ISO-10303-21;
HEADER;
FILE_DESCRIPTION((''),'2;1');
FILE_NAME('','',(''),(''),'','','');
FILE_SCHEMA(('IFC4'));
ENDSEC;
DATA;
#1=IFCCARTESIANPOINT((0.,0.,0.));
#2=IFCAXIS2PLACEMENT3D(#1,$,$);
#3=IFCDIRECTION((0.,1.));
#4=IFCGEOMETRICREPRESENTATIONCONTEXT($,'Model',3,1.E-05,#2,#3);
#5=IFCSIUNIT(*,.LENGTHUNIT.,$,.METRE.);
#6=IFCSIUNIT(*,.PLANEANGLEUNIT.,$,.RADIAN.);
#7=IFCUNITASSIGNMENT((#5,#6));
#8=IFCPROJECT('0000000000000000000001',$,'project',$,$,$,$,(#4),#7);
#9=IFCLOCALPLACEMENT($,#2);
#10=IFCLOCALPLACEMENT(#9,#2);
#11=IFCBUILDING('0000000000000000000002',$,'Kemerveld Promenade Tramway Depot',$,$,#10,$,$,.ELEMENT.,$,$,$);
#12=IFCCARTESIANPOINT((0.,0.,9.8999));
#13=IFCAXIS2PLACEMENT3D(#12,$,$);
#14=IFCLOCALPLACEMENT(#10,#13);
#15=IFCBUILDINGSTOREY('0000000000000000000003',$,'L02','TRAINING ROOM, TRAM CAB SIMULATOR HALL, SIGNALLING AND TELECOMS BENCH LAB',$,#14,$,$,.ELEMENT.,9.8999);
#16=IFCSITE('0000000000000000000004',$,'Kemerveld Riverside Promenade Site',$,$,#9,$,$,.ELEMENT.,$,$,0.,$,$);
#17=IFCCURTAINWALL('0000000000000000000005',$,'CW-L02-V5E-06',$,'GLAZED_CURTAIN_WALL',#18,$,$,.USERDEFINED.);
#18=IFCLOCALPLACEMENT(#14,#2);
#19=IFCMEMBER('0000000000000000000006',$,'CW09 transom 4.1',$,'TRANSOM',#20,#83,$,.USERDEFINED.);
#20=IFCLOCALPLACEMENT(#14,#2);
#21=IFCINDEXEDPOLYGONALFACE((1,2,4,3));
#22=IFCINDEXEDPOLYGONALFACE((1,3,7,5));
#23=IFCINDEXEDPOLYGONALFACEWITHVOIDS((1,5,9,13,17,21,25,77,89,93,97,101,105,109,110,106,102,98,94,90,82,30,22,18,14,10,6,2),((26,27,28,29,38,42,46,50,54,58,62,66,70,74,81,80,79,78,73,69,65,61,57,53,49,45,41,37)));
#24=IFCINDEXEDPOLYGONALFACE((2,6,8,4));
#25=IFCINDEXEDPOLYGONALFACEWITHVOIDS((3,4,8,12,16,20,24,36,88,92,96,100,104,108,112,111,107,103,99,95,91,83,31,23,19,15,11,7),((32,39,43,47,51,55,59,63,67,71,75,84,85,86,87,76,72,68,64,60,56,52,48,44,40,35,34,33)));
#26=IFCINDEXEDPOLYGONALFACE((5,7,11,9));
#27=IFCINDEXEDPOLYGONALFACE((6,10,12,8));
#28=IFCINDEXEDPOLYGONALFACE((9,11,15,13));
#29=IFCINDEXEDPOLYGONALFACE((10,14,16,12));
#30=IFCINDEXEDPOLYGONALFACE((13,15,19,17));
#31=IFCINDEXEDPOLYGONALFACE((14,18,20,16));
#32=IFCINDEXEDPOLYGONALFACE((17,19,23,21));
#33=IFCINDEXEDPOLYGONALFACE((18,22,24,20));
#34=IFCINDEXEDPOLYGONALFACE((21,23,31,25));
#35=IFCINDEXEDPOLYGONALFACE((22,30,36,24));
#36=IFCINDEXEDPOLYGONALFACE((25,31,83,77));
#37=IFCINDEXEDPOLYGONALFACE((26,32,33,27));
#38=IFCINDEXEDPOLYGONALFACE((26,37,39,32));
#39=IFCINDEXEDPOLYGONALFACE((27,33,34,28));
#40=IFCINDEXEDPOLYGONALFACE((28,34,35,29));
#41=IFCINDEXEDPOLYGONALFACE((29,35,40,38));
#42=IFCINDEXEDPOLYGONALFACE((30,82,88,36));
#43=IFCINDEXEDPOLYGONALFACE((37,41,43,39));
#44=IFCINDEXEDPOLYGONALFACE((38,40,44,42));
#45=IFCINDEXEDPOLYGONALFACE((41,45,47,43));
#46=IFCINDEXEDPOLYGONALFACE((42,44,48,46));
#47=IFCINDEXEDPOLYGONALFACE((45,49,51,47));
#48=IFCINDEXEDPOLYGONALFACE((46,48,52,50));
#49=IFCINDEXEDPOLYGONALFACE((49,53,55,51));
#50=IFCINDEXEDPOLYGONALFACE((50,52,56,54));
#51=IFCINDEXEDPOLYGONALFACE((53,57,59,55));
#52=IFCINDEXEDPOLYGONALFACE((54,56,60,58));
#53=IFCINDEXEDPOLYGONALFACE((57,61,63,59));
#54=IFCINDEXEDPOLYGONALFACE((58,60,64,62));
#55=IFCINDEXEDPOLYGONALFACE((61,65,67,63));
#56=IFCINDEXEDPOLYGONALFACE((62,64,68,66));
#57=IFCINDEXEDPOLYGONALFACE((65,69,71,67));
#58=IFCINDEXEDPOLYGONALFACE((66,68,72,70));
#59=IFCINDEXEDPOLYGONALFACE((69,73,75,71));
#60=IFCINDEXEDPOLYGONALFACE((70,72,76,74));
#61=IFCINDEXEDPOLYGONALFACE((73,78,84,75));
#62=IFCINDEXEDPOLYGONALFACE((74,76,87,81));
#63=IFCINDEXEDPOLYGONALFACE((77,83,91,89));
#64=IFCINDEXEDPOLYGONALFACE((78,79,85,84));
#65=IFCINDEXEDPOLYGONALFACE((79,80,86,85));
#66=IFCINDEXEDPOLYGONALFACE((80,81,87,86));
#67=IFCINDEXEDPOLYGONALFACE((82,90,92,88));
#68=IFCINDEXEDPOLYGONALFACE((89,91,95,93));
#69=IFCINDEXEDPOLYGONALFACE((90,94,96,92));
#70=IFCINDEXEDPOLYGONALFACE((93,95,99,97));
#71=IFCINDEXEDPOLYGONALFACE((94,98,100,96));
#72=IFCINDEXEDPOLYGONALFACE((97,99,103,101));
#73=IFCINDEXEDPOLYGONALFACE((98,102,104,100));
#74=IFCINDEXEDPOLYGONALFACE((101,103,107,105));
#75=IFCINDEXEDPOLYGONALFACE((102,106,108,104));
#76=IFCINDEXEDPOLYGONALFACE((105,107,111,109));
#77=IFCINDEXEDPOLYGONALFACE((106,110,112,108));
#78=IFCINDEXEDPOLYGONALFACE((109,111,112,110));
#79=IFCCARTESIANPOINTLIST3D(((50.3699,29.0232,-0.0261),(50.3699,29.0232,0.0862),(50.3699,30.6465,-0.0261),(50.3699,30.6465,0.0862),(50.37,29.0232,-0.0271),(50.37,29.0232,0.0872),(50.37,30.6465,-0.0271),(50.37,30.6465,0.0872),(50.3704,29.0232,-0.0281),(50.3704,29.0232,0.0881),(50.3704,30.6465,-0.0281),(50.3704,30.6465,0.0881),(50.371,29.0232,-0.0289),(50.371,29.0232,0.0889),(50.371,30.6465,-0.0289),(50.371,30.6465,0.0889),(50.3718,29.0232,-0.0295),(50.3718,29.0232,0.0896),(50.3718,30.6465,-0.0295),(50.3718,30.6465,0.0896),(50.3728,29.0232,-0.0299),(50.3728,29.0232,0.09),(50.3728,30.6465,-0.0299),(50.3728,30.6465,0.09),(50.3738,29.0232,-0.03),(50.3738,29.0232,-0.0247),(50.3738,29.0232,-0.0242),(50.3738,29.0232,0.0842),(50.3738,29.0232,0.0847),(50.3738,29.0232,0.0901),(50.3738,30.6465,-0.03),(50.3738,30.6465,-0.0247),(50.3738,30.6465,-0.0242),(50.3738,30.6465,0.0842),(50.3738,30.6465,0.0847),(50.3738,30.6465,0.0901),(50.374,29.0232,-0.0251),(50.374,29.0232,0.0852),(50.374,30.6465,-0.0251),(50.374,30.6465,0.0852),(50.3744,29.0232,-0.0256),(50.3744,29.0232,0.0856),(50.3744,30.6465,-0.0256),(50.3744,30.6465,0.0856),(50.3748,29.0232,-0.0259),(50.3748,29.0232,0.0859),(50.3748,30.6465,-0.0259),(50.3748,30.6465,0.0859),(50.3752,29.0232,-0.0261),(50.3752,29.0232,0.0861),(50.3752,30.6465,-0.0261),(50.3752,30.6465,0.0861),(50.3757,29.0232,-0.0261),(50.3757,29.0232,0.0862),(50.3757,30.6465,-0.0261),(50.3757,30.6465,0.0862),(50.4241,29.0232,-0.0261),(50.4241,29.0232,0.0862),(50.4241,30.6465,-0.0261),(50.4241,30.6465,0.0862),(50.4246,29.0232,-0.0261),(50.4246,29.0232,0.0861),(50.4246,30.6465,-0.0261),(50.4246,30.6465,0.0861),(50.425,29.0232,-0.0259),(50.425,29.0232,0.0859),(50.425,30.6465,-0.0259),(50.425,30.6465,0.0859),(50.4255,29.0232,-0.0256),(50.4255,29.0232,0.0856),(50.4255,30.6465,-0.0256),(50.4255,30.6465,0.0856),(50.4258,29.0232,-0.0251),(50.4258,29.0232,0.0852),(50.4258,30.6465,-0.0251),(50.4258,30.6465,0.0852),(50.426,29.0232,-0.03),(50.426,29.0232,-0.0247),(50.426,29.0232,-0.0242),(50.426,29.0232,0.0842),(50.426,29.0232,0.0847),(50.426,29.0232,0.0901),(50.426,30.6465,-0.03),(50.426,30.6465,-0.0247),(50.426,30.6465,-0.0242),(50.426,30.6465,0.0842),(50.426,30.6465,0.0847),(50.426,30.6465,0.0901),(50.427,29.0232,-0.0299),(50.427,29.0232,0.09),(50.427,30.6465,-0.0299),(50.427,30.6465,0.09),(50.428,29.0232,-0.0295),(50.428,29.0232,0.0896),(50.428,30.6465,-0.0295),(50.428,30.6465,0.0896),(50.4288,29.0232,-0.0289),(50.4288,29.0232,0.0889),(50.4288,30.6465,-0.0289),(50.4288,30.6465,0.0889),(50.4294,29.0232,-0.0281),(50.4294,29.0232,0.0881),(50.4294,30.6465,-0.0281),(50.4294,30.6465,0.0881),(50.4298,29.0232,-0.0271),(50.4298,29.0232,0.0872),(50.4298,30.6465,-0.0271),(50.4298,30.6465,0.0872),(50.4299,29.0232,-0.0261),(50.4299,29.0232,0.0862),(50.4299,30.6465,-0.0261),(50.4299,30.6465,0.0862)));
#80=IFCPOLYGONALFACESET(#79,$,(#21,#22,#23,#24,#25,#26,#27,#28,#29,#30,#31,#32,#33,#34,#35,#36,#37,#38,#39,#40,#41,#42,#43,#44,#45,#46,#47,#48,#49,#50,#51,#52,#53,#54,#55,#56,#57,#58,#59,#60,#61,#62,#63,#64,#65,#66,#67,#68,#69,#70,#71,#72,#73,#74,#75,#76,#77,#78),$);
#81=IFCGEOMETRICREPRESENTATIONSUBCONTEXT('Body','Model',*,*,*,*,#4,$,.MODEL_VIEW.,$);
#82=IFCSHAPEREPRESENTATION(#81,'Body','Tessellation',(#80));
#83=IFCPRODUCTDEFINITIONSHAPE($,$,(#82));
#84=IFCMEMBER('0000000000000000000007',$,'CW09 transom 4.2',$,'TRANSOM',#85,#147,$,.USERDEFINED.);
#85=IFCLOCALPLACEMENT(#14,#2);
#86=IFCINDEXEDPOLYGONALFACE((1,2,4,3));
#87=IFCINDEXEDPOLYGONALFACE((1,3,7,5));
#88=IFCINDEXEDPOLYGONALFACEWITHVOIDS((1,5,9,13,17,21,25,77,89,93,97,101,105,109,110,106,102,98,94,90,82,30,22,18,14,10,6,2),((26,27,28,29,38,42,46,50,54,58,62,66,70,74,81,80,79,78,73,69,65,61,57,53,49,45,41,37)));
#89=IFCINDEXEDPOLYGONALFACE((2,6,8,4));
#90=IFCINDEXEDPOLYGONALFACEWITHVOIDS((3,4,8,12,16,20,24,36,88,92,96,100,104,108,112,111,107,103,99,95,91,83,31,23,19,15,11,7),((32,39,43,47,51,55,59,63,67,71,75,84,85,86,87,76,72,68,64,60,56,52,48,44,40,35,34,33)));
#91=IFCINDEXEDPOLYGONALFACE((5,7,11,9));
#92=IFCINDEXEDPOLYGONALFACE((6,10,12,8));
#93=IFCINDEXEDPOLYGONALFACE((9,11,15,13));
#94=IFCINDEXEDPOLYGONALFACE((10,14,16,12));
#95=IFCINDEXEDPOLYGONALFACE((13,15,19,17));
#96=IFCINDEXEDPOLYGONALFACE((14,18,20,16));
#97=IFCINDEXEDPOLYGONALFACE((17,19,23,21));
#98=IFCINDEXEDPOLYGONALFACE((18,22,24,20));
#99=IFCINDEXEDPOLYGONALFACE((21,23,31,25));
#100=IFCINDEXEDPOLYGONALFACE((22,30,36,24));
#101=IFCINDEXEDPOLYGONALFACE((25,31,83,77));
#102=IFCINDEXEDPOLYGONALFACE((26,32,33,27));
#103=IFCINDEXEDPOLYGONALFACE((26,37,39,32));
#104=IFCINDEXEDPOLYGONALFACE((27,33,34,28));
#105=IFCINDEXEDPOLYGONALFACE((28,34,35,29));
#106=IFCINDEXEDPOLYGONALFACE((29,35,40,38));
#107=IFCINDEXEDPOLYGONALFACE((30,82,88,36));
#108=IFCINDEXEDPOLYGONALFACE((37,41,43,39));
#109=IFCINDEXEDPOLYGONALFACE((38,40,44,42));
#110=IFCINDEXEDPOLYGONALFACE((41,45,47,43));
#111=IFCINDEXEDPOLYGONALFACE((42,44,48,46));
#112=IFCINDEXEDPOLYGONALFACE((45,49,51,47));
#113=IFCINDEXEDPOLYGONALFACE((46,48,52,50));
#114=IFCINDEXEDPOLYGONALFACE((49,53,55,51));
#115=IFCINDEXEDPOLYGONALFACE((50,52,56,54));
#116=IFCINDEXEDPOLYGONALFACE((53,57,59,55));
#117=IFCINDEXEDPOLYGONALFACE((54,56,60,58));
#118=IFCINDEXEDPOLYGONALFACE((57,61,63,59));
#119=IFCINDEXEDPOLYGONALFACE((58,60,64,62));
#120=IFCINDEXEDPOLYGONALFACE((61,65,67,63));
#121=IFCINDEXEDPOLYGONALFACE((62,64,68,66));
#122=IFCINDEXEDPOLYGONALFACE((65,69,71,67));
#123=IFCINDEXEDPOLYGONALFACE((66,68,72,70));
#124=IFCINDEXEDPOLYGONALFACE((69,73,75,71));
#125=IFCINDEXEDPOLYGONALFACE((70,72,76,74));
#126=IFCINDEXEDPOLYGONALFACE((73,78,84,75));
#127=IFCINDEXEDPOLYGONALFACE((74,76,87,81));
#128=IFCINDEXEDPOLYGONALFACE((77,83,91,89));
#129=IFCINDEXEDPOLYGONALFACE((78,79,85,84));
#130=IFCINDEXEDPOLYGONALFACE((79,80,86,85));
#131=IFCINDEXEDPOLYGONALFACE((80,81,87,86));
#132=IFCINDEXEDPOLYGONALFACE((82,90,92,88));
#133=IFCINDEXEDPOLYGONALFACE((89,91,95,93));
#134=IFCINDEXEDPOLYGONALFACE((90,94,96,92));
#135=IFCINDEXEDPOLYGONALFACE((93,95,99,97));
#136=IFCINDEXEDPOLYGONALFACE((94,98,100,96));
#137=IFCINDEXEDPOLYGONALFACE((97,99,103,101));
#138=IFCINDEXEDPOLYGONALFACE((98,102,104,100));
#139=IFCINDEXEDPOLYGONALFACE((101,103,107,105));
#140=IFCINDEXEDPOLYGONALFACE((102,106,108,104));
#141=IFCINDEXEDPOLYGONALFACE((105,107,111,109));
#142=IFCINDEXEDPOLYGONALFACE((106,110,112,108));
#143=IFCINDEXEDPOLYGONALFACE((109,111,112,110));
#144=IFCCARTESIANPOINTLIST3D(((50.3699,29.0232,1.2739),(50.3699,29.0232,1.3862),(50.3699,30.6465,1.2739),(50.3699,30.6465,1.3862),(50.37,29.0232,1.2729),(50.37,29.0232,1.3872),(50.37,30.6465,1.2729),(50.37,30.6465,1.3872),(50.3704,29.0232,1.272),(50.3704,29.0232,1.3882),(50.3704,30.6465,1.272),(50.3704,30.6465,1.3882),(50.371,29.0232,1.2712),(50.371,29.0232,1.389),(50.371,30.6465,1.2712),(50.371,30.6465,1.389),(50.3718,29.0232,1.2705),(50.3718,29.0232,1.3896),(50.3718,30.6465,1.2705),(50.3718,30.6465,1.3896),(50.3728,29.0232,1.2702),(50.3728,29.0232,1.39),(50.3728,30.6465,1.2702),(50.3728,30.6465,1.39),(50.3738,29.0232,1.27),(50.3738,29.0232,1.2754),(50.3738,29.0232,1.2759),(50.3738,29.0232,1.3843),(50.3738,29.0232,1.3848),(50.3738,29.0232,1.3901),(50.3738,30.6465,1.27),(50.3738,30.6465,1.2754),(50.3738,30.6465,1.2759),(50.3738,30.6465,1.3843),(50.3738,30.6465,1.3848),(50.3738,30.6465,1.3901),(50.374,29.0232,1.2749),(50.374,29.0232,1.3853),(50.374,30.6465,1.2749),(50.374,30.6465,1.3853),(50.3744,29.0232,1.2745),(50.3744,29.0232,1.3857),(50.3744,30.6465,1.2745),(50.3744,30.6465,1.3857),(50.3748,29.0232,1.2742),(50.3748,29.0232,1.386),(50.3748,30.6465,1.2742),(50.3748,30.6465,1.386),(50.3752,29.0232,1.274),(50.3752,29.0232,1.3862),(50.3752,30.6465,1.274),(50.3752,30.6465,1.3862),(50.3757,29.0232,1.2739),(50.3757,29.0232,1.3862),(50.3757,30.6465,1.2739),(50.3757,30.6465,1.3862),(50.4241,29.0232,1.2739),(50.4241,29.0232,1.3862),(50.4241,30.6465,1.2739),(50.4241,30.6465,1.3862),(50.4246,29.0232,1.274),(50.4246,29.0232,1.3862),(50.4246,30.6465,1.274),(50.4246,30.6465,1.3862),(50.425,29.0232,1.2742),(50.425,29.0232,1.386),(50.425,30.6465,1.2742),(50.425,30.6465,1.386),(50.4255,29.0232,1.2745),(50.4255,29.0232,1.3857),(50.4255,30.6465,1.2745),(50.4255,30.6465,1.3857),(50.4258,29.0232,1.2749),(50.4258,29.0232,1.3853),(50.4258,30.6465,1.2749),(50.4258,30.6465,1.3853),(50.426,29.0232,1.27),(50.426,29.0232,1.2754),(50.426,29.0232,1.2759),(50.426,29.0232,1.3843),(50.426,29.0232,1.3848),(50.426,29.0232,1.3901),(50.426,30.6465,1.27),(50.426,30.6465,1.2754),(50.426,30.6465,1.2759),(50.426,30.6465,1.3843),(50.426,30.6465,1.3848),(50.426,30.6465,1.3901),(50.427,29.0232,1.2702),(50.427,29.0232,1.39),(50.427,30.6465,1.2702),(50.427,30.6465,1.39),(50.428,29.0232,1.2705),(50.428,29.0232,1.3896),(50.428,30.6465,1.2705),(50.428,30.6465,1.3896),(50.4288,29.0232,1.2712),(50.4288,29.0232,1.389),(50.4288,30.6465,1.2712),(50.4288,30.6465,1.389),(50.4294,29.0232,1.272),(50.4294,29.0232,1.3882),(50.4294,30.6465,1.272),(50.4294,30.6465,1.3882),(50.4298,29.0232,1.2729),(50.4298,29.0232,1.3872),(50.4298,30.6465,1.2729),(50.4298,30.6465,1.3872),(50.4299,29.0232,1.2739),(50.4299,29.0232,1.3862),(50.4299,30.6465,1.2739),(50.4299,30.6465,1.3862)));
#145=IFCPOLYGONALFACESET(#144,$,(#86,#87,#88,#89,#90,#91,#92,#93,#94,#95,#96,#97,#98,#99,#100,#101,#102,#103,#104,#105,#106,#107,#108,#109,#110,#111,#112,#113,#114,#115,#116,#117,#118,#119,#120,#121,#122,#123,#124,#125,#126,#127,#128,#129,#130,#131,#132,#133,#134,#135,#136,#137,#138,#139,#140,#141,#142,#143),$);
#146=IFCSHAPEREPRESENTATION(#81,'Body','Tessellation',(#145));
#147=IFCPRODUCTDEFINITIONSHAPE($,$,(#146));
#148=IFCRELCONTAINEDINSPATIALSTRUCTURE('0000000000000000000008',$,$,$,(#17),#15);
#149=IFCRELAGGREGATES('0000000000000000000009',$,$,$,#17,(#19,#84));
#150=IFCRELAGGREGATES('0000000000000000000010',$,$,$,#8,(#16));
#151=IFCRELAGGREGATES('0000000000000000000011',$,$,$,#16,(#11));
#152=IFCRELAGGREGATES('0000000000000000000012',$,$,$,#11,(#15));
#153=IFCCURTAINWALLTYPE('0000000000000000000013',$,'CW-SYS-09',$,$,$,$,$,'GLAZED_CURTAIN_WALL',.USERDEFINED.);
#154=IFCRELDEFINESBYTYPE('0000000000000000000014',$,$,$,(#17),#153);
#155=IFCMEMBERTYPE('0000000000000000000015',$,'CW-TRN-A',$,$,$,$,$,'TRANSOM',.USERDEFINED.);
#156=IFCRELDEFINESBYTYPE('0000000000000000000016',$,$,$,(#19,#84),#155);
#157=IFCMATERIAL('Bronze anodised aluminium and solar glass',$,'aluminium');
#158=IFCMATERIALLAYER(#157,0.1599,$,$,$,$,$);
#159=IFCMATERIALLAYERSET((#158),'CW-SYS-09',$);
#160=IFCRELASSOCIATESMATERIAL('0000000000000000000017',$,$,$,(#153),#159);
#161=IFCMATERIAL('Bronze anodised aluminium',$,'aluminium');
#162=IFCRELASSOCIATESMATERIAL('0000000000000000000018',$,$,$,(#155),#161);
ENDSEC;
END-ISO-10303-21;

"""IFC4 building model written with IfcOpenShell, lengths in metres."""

from ifc_helpers import new_model, si_unit, direction, frame, origin, origin_2d, place, context, subcontext, project, spatial, hollow_rectangle, extrude, material, layer, layer_set, material_profile, profile_set, type_object, element, aggregate, save


model = new_model("IFC4")

# Units and contexts
model_context = context("Model", 3, precision=1e-05, world=origin(), true_north=direction((0.0, 1.0)))
body_context = subcontext(model_context, "Body", "Model", "MODEL_VIEW")
ifc_project = project(units=[si_unit("LENGTHUNIT", "METRE"), si_unit("PLANEANGLEUNIT", "RADIAN")], contexts=[model_context])

# Site, building, storey
site_placement = place(None, origin())
site = spatial("IfcSite", under=ifc_project, at=site_placement, Name="Kemerveld Riverside Promenade Site", CompositionType="ELEMENT", RefElevation=0.0)
building_placement = place(site_placement, origin())
building = spatial("IfcBuilding", under=site, at=building_placement, Name="Kemerveld Promenade Tramway Depot", CompositionType="ELEMENT")
storey_placement = place(building_placement, frame((0.0, 0.0, 9.8999)))
storey = spatial("IfcBuildingStorey", under=building, at=storey_placement, Name="L02", Description="TRAINING ROOM, TRAM CAB SIMULATOR HALL, SIGNALLING AND TELECOMS BENCH LAB", CompositionType="ELEMENT", Elevation=9.8999)

# Curtain wall
ifc_material_1 = material(Name="Bronze anodised aluminium and solar glass", Category="aluminium")
ifc_layer_1 = layer(ifc_material_1, 0.1599)
ifc_layer_set_1 = layer_set([ifc_layer_1], Name="CW-SYS-09")
curtain_wall_type_1 = type_object("IfcCurtainWallType", Name="CW-SYS-09", ElementType="GLAZED_CURTAIN_WALL", PredefinedType="USERDEFINED", material=ifc_layer_set_1)
curtain_wall_1_placement = place(storey_placement, origin())
curtain_wall_1 = element("IfcCurtainWall", 1, at=curtain_wall_1_placement, inside=storey, type_object=curtain_wall_type_1, Name="CW-L02-V5E-06", ObjectType="GLAZED_CURTAIN_WALL", PredefinedType="USERDEFINED")
ifc_material_2 = material(Name="Bronze anodised aluminium", Category="aluminium")

# Members
ifc_material_profile_1 = material_profile(ifc_material_2, hollow_rectangle(XDim=0.0601, YDim=0.1201, WallThickness=0.0039, InnerFilletRadius=0.002, OuterFilletRadius=0.0039, at=origin_2d()), Name="CW-TRN-120x60")
ifc_profile_set_1 = profile_set([ifc_material_profile_1], Name="Bronze anodised aluminium")
member_type_1 = type_object("IfcMemberType", Name="CW-TRN-A", ElementType="TRANSOM", PredefinedType="USERDEFINED", material=ifc_profile_set_1)
member_1_placement = place(storey_placement, frame((50.3999, 30.6465, 0.03), z_axis=(0.0, -1.0, 0.0), x_axis=(1.0, 0.0, 0.0)))
member_1 = element("IfcMember", 2, at=member_1_placement, type_object=member_type_1, Name="CW09 transom 4.1", ObjectType="TRANSOM", PredefinedType="USERDEFINED", context=body_context, shape_type="SweptSolid", body=[
    extrude(hollow_rectangle(XDim=0.0601, YDim=0.1201, WallThickness=0.0039, InnerFilletRadius=0.002, OuterFilletRadius=0.0039, at=origin_2d()), origin(), (0.0, 0.0, 1.0), 1.6233),
])
member_2_placement = place(storey_placement, frame((50.3999, 30.6465, 1.3301), z_axis=(0.0, -1.0, 0.0), x_axis=(1.0, 0.0, 0.0)))
member_2 = element("IfcMember", 3, at=member_2_placement, type_object=member_type_1, Name="CW09 transom 4.2", ObjectType="TRANSOM", PredefinedType="USERDEFINED", context=body_context, shape_type="SweptSolid", body=[
    extrude(hollow_rectangle(XDim=0.0601, YDim=0.1201, WallThickness=0.0039, InnerFilletRadius=0.002, OuterFilletRadius=0.0039, at=origin_2d()), origin(), (0.0, 0.0, 1.0), 1.6233),
])

aggregate(curtain_wall_1, [member_1, member_2])

save(model, "model.ifc")
